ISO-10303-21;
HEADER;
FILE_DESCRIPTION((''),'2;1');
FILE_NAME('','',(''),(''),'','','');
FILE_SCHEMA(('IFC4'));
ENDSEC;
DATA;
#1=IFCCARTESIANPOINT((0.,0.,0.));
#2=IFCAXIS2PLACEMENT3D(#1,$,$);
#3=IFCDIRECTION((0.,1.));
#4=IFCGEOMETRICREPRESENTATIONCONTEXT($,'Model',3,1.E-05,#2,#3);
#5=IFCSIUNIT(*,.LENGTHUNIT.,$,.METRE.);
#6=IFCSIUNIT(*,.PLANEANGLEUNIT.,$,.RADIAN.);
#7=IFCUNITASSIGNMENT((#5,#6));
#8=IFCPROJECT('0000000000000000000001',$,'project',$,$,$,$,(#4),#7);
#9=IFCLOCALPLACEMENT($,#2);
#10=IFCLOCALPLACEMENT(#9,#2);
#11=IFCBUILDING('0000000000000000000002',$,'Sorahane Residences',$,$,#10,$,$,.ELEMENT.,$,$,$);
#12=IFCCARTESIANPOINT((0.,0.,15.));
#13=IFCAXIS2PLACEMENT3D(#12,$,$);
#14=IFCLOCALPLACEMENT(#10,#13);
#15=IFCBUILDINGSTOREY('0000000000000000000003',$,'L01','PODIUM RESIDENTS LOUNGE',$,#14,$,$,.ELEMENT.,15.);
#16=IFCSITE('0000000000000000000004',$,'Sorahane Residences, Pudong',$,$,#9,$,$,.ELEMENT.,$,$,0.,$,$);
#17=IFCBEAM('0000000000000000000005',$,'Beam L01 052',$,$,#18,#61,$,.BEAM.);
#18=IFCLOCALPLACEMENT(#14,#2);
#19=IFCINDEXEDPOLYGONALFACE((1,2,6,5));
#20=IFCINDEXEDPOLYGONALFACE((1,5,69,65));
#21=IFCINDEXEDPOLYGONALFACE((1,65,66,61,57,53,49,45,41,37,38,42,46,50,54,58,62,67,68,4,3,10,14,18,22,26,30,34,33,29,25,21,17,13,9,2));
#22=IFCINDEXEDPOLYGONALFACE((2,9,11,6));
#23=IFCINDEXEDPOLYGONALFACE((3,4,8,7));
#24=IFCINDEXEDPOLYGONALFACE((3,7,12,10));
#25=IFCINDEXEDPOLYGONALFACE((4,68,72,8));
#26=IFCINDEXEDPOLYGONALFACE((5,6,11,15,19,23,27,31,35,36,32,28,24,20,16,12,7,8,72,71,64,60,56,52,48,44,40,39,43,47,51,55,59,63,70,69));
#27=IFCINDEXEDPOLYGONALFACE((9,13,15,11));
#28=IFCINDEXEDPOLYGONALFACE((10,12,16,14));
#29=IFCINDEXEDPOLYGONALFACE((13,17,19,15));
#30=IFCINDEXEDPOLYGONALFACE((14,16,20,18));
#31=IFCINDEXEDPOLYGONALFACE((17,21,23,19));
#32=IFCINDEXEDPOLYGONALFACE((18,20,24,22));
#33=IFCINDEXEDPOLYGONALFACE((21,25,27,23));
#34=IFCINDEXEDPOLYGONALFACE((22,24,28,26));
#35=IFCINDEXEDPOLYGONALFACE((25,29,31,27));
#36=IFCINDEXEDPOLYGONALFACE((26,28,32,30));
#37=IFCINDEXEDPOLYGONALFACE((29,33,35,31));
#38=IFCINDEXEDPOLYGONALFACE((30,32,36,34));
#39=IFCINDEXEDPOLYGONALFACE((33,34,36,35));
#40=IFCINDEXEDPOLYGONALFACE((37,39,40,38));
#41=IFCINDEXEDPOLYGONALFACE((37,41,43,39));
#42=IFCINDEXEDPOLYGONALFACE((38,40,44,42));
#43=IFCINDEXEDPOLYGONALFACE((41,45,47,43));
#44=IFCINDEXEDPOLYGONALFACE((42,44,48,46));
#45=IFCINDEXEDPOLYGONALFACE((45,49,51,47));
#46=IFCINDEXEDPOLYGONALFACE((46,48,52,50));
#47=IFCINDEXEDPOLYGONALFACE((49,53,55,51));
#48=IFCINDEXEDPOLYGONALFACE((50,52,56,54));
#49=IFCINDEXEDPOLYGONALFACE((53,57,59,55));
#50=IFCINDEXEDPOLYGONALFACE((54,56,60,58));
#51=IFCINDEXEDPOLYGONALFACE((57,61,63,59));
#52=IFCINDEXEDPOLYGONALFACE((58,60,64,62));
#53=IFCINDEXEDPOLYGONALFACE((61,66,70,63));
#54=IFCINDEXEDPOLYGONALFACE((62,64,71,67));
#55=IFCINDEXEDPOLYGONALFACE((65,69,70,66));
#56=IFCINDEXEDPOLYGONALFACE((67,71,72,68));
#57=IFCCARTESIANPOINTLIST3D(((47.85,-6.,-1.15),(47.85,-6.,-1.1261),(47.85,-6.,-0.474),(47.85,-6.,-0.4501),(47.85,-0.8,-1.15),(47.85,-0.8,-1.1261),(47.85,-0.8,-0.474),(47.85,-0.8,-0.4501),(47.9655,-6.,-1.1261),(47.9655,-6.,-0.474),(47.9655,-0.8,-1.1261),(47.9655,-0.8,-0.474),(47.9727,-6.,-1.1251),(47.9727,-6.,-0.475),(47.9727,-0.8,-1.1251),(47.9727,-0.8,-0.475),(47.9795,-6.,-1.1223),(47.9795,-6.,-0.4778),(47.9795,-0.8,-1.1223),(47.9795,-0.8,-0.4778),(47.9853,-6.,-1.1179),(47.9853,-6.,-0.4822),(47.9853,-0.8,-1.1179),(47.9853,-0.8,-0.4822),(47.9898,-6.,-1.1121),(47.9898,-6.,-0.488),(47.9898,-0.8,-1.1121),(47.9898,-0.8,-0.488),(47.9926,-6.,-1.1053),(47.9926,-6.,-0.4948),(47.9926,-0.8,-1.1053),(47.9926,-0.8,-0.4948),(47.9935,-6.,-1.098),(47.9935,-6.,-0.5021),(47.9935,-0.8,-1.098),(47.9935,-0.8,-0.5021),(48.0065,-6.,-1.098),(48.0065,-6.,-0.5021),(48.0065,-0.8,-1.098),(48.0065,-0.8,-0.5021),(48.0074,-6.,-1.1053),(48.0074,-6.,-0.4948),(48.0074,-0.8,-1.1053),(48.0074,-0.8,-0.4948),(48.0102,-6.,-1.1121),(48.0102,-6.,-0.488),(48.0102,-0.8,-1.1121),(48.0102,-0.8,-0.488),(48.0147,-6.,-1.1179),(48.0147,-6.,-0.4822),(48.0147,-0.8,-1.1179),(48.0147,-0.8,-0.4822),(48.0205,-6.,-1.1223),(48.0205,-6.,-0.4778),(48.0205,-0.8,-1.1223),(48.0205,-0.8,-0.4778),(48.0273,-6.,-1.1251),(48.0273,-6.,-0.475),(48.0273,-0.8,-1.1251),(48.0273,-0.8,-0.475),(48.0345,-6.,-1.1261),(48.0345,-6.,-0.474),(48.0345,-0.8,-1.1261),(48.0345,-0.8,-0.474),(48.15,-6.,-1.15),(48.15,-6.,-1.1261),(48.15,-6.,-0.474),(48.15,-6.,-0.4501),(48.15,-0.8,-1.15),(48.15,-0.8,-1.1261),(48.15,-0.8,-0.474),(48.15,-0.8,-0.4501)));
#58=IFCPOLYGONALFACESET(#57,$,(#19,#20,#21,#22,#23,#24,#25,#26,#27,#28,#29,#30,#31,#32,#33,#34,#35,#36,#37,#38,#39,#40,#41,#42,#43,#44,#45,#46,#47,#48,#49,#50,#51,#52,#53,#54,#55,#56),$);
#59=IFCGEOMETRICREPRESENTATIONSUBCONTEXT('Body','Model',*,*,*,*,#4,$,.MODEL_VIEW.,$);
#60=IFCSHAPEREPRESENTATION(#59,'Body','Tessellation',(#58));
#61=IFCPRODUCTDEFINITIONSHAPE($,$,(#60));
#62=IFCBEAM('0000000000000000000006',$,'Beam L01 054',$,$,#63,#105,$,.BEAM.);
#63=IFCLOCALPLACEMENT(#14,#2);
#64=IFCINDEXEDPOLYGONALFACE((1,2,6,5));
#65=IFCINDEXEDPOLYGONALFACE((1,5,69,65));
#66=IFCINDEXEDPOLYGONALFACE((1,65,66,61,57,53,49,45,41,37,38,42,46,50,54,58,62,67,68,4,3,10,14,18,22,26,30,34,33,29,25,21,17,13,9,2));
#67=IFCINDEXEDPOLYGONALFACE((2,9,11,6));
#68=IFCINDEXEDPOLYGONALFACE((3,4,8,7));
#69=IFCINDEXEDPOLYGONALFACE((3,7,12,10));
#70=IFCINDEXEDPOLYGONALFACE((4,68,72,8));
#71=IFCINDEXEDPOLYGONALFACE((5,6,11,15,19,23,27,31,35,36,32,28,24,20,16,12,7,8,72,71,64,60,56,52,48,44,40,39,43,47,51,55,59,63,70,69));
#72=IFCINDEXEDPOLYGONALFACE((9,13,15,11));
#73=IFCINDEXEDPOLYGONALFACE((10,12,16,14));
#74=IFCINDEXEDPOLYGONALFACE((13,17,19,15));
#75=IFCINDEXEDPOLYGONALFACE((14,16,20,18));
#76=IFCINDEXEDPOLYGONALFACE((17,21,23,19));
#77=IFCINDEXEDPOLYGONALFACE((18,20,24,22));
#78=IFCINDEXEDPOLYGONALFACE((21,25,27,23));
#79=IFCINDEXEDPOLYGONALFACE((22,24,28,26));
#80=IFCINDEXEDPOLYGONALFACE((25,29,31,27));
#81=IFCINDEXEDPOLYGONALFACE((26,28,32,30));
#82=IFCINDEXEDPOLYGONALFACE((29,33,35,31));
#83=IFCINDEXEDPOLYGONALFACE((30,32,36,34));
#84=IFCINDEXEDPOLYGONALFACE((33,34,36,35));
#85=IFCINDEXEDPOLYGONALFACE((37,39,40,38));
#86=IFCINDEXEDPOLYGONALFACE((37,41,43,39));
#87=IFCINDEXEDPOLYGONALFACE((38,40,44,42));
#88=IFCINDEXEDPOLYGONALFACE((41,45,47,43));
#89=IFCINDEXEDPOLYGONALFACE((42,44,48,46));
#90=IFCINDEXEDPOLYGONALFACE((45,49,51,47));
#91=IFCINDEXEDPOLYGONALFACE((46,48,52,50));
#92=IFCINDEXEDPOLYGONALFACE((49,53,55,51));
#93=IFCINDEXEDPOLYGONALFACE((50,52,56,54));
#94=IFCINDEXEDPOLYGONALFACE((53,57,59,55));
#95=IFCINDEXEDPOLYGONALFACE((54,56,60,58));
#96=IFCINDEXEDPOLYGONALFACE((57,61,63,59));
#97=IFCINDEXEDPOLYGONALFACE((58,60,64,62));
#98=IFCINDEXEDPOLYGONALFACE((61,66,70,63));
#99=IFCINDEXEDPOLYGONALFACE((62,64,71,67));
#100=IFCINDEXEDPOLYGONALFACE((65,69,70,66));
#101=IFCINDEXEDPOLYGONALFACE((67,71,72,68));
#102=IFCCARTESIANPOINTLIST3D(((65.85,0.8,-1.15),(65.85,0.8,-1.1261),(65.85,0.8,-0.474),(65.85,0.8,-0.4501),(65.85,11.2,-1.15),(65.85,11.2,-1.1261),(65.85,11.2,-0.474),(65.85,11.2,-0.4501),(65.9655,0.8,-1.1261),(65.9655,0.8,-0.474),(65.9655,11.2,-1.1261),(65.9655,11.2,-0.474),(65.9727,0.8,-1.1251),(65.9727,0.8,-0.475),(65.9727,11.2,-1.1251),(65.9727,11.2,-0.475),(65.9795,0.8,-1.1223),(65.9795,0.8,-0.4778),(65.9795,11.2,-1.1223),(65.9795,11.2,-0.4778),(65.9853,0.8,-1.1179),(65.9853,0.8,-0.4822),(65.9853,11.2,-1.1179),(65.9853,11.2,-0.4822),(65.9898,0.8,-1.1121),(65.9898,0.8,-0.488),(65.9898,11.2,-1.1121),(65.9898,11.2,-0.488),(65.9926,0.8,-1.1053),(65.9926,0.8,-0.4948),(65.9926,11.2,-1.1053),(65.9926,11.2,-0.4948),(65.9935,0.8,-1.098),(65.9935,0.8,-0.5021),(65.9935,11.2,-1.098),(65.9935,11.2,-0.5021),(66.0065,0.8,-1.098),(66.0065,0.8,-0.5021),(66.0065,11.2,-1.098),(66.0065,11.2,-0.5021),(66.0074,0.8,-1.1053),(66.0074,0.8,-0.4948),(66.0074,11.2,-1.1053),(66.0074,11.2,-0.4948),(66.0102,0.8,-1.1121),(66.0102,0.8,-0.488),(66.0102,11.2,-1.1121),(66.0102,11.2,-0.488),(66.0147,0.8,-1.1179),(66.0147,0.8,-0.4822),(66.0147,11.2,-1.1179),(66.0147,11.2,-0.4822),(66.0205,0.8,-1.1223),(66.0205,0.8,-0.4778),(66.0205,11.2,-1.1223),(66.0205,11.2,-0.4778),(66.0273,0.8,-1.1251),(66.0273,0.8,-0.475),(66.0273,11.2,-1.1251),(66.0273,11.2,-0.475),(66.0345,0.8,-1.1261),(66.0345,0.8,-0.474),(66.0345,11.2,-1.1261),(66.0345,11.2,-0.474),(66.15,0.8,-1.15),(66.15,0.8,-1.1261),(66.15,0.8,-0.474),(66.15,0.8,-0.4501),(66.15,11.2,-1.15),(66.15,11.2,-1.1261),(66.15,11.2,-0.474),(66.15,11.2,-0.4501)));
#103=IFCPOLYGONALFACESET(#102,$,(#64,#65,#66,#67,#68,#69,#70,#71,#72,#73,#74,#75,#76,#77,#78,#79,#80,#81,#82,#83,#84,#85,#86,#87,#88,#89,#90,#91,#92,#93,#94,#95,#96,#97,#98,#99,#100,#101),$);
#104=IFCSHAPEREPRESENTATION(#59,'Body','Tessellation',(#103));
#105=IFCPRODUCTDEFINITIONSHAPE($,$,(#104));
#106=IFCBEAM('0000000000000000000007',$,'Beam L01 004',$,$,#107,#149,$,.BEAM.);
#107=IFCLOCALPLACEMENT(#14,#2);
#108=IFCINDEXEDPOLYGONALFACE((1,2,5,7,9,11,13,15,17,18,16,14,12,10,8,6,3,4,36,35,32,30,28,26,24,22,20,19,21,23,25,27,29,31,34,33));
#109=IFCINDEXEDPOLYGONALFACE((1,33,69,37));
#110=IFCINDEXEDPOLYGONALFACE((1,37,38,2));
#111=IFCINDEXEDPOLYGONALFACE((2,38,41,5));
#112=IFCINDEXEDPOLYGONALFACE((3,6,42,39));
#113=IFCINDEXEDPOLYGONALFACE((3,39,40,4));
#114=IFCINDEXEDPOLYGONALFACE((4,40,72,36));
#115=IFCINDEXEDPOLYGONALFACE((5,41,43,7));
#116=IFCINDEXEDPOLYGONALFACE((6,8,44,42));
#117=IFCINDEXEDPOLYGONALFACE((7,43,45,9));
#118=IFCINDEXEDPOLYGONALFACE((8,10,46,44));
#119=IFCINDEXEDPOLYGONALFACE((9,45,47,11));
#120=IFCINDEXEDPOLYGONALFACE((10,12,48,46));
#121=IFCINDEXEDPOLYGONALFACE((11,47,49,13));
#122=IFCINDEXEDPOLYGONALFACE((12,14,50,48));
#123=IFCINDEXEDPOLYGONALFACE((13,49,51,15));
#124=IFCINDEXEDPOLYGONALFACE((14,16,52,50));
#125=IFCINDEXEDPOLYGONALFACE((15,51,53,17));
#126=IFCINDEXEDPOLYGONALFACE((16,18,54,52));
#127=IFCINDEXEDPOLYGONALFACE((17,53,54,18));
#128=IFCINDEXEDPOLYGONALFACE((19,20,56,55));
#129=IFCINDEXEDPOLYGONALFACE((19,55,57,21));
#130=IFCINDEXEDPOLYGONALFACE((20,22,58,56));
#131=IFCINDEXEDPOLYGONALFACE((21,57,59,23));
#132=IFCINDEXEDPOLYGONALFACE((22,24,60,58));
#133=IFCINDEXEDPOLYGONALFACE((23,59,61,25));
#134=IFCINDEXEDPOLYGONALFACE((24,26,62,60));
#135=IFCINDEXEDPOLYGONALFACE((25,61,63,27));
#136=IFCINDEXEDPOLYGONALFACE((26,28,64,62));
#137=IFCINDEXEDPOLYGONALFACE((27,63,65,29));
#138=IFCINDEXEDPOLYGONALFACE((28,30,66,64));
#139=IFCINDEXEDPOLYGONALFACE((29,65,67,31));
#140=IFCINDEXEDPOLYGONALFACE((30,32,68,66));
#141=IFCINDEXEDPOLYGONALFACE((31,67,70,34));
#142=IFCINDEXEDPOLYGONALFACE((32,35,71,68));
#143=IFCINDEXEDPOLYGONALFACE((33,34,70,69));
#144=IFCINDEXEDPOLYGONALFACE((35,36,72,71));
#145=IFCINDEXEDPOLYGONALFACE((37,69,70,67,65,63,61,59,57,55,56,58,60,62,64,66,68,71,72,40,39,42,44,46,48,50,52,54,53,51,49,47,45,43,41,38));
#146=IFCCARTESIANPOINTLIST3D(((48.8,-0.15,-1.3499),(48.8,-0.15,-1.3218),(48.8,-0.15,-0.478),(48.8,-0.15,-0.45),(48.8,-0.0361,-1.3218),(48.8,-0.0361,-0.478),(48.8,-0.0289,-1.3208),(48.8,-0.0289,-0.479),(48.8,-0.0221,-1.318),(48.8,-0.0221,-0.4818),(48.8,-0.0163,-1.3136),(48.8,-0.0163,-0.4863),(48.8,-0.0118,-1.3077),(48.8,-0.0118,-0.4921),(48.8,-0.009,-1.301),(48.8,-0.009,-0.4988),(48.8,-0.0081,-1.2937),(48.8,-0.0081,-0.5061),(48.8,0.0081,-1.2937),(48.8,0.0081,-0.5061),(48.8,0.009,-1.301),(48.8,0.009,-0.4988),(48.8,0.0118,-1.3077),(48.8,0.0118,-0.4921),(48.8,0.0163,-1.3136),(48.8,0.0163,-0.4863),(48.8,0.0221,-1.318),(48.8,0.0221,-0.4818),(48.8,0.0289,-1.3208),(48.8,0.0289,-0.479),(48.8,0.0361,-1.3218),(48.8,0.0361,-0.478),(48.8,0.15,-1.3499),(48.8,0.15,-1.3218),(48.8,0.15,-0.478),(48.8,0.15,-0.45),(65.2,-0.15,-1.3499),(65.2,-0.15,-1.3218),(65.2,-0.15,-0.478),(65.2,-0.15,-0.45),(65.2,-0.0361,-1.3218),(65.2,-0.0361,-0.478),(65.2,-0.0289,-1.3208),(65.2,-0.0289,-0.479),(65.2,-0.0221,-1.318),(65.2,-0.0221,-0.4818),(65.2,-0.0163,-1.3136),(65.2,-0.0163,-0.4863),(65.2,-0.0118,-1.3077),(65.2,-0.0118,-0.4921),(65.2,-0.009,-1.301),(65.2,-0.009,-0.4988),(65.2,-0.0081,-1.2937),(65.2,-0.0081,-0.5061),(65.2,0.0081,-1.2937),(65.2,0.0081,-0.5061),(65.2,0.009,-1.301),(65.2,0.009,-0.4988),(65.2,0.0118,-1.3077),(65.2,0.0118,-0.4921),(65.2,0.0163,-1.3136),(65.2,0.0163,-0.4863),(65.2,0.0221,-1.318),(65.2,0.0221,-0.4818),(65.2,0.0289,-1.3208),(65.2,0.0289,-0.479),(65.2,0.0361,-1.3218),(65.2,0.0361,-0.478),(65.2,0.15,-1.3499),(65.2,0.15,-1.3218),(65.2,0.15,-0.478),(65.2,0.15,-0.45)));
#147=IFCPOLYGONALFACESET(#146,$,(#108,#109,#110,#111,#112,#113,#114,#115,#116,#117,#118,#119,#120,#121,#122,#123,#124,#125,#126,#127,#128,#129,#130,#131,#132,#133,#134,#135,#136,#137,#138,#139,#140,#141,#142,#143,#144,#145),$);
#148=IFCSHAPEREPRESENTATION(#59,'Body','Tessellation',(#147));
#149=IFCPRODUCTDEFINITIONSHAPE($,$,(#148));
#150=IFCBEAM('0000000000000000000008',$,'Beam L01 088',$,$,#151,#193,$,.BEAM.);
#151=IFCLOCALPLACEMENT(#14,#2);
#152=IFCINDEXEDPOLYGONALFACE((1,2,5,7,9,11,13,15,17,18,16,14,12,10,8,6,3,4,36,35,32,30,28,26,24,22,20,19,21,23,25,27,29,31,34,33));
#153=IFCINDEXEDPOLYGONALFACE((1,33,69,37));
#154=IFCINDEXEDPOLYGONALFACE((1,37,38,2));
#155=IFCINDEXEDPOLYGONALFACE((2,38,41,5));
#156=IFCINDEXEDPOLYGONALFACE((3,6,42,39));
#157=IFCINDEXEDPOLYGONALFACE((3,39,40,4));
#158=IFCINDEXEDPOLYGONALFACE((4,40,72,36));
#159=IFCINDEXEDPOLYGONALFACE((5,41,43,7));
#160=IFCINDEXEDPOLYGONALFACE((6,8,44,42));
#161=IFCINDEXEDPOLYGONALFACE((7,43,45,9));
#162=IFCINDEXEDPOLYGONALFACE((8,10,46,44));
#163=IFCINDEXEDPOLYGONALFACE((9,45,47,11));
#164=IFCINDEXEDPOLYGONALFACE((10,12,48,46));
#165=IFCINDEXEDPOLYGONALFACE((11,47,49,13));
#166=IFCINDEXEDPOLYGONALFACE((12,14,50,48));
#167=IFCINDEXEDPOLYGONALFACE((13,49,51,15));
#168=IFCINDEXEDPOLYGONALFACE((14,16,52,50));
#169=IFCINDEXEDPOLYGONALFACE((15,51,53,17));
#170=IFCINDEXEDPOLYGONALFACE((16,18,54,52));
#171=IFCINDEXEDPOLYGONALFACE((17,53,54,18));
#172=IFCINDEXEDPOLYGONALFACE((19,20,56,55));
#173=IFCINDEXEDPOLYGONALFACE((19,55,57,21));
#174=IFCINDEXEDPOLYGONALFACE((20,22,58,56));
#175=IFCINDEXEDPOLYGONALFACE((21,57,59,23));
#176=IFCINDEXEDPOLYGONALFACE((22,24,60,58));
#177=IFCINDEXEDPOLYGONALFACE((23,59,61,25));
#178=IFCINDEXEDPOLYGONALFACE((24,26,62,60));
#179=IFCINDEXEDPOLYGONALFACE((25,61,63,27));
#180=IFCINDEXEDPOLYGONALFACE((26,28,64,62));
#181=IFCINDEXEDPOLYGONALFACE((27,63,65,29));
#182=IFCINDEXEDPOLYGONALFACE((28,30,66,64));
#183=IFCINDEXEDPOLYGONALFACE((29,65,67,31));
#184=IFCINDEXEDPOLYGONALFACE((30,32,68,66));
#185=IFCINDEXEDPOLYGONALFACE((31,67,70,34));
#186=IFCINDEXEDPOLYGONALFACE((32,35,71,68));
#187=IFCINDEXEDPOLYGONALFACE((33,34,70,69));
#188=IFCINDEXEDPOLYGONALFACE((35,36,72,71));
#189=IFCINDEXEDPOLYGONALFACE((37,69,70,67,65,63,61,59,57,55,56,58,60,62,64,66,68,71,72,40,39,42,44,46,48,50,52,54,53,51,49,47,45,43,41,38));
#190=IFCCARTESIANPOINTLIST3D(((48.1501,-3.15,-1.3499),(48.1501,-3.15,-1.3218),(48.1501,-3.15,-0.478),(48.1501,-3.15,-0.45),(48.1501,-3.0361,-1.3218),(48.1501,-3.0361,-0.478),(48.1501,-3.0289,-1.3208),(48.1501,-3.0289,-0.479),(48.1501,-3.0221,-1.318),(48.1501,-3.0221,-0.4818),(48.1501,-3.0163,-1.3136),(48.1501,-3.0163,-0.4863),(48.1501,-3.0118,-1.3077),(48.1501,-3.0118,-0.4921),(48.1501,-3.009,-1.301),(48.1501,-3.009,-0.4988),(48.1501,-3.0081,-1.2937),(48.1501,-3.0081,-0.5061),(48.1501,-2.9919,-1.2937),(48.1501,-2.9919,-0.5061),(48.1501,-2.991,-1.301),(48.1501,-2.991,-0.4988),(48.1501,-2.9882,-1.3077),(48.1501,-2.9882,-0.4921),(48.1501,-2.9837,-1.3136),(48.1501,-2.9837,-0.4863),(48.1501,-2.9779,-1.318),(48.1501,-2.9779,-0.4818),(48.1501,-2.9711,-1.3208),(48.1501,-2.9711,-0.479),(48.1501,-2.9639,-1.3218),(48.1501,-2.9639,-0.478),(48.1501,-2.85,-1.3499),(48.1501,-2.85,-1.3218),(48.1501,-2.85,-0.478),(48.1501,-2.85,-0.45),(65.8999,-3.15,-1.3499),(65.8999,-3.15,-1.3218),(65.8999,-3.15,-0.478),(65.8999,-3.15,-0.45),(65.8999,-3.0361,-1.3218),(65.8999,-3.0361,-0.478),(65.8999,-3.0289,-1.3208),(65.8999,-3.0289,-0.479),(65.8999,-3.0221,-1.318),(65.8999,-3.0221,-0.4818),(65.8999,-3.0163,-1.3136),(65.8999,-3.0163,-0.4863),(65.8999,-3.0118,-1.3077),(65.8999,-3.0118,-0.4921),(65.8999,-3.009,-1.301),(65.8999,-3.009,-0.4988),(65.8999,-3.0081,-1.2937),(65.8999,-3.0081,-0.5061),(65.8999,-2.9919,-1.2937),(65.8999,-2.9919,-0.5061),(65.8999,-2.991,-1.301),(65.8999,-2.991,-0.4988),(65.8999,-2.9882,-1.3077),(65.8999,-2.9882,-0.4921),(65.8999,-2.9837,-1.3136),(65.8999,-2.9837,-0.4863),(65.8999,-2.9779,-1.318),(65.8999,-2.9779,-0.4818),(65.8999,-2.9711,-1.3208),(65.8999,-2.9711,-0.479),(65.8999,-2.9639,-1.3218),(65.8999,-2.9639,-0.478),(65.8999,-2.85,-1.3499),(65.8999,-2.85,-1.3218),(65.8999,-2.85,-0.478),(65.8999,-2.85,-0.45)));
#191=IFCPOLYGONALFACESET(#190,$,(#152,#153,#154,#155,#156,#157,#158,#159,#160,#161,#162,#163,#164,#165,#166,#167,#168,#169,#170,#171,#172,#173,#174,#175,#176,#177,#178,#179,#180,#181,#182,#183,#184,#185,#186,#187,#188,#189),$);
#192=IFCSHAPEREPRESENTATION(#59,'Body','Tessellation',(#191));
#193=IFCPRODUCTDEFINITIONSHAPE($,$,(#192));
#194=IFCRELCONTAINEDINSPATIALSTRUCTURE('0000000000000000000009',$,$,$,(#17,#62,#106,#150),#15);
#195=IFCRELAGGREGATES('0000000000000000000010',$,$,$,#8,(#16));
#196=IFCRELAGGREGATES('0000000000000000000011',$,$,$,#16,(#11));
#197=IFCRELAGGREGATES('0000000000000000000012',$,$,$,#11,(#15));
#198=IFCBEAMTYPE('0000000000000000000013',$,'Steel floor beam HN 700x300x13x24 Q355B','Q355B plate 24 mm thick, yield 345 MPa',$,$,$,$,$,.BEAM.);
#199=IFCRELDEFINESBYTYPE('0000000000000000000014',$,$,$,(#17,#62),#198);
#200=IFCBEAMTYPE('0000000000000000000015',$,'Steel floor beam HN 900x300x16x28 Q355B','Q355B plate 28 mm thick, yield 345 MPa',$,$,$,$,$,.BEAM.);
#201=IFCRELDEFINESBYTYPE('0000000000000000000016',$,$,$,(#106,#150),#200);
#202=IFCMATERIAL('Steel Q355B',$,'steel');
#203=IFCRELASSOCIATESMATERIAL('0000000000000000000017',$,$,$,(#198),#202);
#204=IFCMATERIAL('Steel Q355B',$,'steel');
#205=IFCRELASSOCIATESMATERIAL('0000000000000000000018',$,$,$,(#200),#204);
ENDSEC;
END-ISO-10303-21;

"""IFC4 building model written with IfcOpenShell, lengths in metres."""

from ifc_helpers import new_model, si_unit, direction, frame, origin, origin_2d, place, context, subcontext, project, spatial, i_section, extrude, material, material_profile, profile_set, type_object, element, save


model = new_model("IFC4")

# Units and contexts
model_context = context("Model", 3, precision=1e-05, world=origin(), true_north=direction((0.0, 1.0)))
body_context = subcontext(model_context, "Body", "Model", "MODEL_VIEW")
ifc_project = project(units=[si_unit("LENGTHUNIT", "METRE"), si_unit("PLANEANGLEUNIT", "RADIAN")], contexts=[model_context])

# Site, building, storey
site_placement = place(None, origin())
site = spatial("IfcSite", under=ifc_project, at=site_placement, Name="Sorahane Residences, Pudong", CompositionType="ELEMENT", RefElevation=0.0)
building_placement = place(site_placement, origin())
building = spatial("IfcBuilding", under=site, at=building_placement, Name="Sorahane Residences", CompositionType="ELEMENT")
storey_placement = place(building_placement, frame((0.0, 0.0, 15.0)))
storey = spatial("IfcBuildingStorey", under=building, at=storey_placement, Name="L01", Description="PODIUM RESIDENTS LOUNGE", CompositionType="ELEMENT", Elevation=15.0)

# Beams
ifc_material_1 = material(Name="Steel Q355B", Category="steel")
ifc_material_profile_1 = material_profile(ifc_material_1, i_section(OverallWidth=0.3, OverallDepth=0.7, WebThickness=0.0129, FlangeThickness=0.0239, FilletRadius=0.0281, at=origin_2d()), Name="HN 700x300x13x24")
ifc_profile_set_1 = profile_set([ifc_material_profile_1], Name="Steel Q355B")
beam_type_1 = type_object("IfcBeamType", Name="Steel floor beam HN 700x300x13x24 Q355B", Description="Q355B plate 24 mm thick, yield 345 MPa", PredefinedType="BEAM", material=ifc_profile_set_1)
beam_1_placement = place(storey_placement, frame((48.0, -6.0, -0.8), z_axis=(0.0, 1.0, 0.0), x_axis=(-1.0, 0.0, 0.0)))
element("IfcBeam", 1, at=beam_1_placement, inside=storey, type_object=beam_type_1, Name="Beam L01 052", PredefinedType="BEAM", context=body_context, shape_type="SweptSolid", body=[
    extrude(i_section(OverallWidth=0.3, OverallDepth=0.7, WebThickness=0.0129, FlangeThickness=0.0239, FilletRadius=0.0281, at=origin_2d()), origin(), (0.0, 0.0, 1.0), 5.2),
])
beam_2_placement = place(storey_placement, frame((66.0, 0.8, -0.8), z_axis=(0.0, 1.0, 0.0), x_axis=(-1.0, 0.0, 0.0)))
element("IfcBeam", 2, at=beam_2_placement, inside=storey, type_object=beam_type_1, Name="Beam L01 054", PredefinedType="BEAM", context=body_context, shape_type="SweptSolid", body=[
    extrude(i_section(OverallWidth=0.3, OverallDepth=0.7, WebThickness=0.0129, FlangeThickness=0.0239, FilletRadius=0.0281, at=origin_2d()), origin(), (0.0, 0.0, 1.0), 10.3999),
])
ifc_material_2 = material(Name="Steel Q355B", Category="steel")
ifc_material_profile_2 = material_profile(ifc_material_2, i_section(OverallWidth=0.3, OverallDepth=0.8999, WebThickness=0.0161, FlangeThickness=0.0281, FilletRadius=0.0281, at=origin_2d()), Name="HN 900x300x16x28")
ifc_profile_set_2 = profile_set([ifc_material_profile_2], Name="Steel Q355B")
beam_type_2 = type_object("IfcBeamType", Name="Steel floor beam HN 900x300x16x28 Q355B", Description="Q355B plate 28 mm thick, yield 345 MPa", PredefinedType="BEAM", material=ifc_profile_set_2)
beam_3_placement = place(storey_placement, frame((48.8, 0.0, -0.8999), z_axis=(1.0, 0.0, 0.0), x_axis=(0.0, 1.0, 0.0)))
element("IfcBeam", 3, at=beam_3_placement, inside=storey, type_object=beam_type_2, Name="Beam L01 004", PredefinedType="BEAM", context=body_context, shape_type="SweptSolid", body=[
    extrude(i_section(OverallWidth=0.3, OverallDepth=0.8999, WebThickness=0.0161, FlangeThickness=0.0281, FilletRadius=0.0281, at=origin_2d()), origin(), (0.0, 0.0, 1.0), 16.3999),
])
beam_4_placement = place(storey_placement, frame((48.1501, -3.0, -0.8999), z_axis=(1.0, 0.0, 0.0), x_axis=(0.0, 1.0, 0.0)))
element("IfcBeam", 4, at=beam_4_placement, inside=storey, type_object=beam_type_2, Name="Beam L01 088", PredefinedType="BEAM", context=body_context, shape_type="SweptSolid", body=[
    extrude(i_section(OverallWidth=0.3, OverallDepth=0.8999, WebThickness=0.0161, FlangeThickness=0.0281, FilletRadius=0.0281, at=origin_2d()), origin(), (0.0, 0.0, 1.0), 17.7498),
])

save(model, "model.ifc")
